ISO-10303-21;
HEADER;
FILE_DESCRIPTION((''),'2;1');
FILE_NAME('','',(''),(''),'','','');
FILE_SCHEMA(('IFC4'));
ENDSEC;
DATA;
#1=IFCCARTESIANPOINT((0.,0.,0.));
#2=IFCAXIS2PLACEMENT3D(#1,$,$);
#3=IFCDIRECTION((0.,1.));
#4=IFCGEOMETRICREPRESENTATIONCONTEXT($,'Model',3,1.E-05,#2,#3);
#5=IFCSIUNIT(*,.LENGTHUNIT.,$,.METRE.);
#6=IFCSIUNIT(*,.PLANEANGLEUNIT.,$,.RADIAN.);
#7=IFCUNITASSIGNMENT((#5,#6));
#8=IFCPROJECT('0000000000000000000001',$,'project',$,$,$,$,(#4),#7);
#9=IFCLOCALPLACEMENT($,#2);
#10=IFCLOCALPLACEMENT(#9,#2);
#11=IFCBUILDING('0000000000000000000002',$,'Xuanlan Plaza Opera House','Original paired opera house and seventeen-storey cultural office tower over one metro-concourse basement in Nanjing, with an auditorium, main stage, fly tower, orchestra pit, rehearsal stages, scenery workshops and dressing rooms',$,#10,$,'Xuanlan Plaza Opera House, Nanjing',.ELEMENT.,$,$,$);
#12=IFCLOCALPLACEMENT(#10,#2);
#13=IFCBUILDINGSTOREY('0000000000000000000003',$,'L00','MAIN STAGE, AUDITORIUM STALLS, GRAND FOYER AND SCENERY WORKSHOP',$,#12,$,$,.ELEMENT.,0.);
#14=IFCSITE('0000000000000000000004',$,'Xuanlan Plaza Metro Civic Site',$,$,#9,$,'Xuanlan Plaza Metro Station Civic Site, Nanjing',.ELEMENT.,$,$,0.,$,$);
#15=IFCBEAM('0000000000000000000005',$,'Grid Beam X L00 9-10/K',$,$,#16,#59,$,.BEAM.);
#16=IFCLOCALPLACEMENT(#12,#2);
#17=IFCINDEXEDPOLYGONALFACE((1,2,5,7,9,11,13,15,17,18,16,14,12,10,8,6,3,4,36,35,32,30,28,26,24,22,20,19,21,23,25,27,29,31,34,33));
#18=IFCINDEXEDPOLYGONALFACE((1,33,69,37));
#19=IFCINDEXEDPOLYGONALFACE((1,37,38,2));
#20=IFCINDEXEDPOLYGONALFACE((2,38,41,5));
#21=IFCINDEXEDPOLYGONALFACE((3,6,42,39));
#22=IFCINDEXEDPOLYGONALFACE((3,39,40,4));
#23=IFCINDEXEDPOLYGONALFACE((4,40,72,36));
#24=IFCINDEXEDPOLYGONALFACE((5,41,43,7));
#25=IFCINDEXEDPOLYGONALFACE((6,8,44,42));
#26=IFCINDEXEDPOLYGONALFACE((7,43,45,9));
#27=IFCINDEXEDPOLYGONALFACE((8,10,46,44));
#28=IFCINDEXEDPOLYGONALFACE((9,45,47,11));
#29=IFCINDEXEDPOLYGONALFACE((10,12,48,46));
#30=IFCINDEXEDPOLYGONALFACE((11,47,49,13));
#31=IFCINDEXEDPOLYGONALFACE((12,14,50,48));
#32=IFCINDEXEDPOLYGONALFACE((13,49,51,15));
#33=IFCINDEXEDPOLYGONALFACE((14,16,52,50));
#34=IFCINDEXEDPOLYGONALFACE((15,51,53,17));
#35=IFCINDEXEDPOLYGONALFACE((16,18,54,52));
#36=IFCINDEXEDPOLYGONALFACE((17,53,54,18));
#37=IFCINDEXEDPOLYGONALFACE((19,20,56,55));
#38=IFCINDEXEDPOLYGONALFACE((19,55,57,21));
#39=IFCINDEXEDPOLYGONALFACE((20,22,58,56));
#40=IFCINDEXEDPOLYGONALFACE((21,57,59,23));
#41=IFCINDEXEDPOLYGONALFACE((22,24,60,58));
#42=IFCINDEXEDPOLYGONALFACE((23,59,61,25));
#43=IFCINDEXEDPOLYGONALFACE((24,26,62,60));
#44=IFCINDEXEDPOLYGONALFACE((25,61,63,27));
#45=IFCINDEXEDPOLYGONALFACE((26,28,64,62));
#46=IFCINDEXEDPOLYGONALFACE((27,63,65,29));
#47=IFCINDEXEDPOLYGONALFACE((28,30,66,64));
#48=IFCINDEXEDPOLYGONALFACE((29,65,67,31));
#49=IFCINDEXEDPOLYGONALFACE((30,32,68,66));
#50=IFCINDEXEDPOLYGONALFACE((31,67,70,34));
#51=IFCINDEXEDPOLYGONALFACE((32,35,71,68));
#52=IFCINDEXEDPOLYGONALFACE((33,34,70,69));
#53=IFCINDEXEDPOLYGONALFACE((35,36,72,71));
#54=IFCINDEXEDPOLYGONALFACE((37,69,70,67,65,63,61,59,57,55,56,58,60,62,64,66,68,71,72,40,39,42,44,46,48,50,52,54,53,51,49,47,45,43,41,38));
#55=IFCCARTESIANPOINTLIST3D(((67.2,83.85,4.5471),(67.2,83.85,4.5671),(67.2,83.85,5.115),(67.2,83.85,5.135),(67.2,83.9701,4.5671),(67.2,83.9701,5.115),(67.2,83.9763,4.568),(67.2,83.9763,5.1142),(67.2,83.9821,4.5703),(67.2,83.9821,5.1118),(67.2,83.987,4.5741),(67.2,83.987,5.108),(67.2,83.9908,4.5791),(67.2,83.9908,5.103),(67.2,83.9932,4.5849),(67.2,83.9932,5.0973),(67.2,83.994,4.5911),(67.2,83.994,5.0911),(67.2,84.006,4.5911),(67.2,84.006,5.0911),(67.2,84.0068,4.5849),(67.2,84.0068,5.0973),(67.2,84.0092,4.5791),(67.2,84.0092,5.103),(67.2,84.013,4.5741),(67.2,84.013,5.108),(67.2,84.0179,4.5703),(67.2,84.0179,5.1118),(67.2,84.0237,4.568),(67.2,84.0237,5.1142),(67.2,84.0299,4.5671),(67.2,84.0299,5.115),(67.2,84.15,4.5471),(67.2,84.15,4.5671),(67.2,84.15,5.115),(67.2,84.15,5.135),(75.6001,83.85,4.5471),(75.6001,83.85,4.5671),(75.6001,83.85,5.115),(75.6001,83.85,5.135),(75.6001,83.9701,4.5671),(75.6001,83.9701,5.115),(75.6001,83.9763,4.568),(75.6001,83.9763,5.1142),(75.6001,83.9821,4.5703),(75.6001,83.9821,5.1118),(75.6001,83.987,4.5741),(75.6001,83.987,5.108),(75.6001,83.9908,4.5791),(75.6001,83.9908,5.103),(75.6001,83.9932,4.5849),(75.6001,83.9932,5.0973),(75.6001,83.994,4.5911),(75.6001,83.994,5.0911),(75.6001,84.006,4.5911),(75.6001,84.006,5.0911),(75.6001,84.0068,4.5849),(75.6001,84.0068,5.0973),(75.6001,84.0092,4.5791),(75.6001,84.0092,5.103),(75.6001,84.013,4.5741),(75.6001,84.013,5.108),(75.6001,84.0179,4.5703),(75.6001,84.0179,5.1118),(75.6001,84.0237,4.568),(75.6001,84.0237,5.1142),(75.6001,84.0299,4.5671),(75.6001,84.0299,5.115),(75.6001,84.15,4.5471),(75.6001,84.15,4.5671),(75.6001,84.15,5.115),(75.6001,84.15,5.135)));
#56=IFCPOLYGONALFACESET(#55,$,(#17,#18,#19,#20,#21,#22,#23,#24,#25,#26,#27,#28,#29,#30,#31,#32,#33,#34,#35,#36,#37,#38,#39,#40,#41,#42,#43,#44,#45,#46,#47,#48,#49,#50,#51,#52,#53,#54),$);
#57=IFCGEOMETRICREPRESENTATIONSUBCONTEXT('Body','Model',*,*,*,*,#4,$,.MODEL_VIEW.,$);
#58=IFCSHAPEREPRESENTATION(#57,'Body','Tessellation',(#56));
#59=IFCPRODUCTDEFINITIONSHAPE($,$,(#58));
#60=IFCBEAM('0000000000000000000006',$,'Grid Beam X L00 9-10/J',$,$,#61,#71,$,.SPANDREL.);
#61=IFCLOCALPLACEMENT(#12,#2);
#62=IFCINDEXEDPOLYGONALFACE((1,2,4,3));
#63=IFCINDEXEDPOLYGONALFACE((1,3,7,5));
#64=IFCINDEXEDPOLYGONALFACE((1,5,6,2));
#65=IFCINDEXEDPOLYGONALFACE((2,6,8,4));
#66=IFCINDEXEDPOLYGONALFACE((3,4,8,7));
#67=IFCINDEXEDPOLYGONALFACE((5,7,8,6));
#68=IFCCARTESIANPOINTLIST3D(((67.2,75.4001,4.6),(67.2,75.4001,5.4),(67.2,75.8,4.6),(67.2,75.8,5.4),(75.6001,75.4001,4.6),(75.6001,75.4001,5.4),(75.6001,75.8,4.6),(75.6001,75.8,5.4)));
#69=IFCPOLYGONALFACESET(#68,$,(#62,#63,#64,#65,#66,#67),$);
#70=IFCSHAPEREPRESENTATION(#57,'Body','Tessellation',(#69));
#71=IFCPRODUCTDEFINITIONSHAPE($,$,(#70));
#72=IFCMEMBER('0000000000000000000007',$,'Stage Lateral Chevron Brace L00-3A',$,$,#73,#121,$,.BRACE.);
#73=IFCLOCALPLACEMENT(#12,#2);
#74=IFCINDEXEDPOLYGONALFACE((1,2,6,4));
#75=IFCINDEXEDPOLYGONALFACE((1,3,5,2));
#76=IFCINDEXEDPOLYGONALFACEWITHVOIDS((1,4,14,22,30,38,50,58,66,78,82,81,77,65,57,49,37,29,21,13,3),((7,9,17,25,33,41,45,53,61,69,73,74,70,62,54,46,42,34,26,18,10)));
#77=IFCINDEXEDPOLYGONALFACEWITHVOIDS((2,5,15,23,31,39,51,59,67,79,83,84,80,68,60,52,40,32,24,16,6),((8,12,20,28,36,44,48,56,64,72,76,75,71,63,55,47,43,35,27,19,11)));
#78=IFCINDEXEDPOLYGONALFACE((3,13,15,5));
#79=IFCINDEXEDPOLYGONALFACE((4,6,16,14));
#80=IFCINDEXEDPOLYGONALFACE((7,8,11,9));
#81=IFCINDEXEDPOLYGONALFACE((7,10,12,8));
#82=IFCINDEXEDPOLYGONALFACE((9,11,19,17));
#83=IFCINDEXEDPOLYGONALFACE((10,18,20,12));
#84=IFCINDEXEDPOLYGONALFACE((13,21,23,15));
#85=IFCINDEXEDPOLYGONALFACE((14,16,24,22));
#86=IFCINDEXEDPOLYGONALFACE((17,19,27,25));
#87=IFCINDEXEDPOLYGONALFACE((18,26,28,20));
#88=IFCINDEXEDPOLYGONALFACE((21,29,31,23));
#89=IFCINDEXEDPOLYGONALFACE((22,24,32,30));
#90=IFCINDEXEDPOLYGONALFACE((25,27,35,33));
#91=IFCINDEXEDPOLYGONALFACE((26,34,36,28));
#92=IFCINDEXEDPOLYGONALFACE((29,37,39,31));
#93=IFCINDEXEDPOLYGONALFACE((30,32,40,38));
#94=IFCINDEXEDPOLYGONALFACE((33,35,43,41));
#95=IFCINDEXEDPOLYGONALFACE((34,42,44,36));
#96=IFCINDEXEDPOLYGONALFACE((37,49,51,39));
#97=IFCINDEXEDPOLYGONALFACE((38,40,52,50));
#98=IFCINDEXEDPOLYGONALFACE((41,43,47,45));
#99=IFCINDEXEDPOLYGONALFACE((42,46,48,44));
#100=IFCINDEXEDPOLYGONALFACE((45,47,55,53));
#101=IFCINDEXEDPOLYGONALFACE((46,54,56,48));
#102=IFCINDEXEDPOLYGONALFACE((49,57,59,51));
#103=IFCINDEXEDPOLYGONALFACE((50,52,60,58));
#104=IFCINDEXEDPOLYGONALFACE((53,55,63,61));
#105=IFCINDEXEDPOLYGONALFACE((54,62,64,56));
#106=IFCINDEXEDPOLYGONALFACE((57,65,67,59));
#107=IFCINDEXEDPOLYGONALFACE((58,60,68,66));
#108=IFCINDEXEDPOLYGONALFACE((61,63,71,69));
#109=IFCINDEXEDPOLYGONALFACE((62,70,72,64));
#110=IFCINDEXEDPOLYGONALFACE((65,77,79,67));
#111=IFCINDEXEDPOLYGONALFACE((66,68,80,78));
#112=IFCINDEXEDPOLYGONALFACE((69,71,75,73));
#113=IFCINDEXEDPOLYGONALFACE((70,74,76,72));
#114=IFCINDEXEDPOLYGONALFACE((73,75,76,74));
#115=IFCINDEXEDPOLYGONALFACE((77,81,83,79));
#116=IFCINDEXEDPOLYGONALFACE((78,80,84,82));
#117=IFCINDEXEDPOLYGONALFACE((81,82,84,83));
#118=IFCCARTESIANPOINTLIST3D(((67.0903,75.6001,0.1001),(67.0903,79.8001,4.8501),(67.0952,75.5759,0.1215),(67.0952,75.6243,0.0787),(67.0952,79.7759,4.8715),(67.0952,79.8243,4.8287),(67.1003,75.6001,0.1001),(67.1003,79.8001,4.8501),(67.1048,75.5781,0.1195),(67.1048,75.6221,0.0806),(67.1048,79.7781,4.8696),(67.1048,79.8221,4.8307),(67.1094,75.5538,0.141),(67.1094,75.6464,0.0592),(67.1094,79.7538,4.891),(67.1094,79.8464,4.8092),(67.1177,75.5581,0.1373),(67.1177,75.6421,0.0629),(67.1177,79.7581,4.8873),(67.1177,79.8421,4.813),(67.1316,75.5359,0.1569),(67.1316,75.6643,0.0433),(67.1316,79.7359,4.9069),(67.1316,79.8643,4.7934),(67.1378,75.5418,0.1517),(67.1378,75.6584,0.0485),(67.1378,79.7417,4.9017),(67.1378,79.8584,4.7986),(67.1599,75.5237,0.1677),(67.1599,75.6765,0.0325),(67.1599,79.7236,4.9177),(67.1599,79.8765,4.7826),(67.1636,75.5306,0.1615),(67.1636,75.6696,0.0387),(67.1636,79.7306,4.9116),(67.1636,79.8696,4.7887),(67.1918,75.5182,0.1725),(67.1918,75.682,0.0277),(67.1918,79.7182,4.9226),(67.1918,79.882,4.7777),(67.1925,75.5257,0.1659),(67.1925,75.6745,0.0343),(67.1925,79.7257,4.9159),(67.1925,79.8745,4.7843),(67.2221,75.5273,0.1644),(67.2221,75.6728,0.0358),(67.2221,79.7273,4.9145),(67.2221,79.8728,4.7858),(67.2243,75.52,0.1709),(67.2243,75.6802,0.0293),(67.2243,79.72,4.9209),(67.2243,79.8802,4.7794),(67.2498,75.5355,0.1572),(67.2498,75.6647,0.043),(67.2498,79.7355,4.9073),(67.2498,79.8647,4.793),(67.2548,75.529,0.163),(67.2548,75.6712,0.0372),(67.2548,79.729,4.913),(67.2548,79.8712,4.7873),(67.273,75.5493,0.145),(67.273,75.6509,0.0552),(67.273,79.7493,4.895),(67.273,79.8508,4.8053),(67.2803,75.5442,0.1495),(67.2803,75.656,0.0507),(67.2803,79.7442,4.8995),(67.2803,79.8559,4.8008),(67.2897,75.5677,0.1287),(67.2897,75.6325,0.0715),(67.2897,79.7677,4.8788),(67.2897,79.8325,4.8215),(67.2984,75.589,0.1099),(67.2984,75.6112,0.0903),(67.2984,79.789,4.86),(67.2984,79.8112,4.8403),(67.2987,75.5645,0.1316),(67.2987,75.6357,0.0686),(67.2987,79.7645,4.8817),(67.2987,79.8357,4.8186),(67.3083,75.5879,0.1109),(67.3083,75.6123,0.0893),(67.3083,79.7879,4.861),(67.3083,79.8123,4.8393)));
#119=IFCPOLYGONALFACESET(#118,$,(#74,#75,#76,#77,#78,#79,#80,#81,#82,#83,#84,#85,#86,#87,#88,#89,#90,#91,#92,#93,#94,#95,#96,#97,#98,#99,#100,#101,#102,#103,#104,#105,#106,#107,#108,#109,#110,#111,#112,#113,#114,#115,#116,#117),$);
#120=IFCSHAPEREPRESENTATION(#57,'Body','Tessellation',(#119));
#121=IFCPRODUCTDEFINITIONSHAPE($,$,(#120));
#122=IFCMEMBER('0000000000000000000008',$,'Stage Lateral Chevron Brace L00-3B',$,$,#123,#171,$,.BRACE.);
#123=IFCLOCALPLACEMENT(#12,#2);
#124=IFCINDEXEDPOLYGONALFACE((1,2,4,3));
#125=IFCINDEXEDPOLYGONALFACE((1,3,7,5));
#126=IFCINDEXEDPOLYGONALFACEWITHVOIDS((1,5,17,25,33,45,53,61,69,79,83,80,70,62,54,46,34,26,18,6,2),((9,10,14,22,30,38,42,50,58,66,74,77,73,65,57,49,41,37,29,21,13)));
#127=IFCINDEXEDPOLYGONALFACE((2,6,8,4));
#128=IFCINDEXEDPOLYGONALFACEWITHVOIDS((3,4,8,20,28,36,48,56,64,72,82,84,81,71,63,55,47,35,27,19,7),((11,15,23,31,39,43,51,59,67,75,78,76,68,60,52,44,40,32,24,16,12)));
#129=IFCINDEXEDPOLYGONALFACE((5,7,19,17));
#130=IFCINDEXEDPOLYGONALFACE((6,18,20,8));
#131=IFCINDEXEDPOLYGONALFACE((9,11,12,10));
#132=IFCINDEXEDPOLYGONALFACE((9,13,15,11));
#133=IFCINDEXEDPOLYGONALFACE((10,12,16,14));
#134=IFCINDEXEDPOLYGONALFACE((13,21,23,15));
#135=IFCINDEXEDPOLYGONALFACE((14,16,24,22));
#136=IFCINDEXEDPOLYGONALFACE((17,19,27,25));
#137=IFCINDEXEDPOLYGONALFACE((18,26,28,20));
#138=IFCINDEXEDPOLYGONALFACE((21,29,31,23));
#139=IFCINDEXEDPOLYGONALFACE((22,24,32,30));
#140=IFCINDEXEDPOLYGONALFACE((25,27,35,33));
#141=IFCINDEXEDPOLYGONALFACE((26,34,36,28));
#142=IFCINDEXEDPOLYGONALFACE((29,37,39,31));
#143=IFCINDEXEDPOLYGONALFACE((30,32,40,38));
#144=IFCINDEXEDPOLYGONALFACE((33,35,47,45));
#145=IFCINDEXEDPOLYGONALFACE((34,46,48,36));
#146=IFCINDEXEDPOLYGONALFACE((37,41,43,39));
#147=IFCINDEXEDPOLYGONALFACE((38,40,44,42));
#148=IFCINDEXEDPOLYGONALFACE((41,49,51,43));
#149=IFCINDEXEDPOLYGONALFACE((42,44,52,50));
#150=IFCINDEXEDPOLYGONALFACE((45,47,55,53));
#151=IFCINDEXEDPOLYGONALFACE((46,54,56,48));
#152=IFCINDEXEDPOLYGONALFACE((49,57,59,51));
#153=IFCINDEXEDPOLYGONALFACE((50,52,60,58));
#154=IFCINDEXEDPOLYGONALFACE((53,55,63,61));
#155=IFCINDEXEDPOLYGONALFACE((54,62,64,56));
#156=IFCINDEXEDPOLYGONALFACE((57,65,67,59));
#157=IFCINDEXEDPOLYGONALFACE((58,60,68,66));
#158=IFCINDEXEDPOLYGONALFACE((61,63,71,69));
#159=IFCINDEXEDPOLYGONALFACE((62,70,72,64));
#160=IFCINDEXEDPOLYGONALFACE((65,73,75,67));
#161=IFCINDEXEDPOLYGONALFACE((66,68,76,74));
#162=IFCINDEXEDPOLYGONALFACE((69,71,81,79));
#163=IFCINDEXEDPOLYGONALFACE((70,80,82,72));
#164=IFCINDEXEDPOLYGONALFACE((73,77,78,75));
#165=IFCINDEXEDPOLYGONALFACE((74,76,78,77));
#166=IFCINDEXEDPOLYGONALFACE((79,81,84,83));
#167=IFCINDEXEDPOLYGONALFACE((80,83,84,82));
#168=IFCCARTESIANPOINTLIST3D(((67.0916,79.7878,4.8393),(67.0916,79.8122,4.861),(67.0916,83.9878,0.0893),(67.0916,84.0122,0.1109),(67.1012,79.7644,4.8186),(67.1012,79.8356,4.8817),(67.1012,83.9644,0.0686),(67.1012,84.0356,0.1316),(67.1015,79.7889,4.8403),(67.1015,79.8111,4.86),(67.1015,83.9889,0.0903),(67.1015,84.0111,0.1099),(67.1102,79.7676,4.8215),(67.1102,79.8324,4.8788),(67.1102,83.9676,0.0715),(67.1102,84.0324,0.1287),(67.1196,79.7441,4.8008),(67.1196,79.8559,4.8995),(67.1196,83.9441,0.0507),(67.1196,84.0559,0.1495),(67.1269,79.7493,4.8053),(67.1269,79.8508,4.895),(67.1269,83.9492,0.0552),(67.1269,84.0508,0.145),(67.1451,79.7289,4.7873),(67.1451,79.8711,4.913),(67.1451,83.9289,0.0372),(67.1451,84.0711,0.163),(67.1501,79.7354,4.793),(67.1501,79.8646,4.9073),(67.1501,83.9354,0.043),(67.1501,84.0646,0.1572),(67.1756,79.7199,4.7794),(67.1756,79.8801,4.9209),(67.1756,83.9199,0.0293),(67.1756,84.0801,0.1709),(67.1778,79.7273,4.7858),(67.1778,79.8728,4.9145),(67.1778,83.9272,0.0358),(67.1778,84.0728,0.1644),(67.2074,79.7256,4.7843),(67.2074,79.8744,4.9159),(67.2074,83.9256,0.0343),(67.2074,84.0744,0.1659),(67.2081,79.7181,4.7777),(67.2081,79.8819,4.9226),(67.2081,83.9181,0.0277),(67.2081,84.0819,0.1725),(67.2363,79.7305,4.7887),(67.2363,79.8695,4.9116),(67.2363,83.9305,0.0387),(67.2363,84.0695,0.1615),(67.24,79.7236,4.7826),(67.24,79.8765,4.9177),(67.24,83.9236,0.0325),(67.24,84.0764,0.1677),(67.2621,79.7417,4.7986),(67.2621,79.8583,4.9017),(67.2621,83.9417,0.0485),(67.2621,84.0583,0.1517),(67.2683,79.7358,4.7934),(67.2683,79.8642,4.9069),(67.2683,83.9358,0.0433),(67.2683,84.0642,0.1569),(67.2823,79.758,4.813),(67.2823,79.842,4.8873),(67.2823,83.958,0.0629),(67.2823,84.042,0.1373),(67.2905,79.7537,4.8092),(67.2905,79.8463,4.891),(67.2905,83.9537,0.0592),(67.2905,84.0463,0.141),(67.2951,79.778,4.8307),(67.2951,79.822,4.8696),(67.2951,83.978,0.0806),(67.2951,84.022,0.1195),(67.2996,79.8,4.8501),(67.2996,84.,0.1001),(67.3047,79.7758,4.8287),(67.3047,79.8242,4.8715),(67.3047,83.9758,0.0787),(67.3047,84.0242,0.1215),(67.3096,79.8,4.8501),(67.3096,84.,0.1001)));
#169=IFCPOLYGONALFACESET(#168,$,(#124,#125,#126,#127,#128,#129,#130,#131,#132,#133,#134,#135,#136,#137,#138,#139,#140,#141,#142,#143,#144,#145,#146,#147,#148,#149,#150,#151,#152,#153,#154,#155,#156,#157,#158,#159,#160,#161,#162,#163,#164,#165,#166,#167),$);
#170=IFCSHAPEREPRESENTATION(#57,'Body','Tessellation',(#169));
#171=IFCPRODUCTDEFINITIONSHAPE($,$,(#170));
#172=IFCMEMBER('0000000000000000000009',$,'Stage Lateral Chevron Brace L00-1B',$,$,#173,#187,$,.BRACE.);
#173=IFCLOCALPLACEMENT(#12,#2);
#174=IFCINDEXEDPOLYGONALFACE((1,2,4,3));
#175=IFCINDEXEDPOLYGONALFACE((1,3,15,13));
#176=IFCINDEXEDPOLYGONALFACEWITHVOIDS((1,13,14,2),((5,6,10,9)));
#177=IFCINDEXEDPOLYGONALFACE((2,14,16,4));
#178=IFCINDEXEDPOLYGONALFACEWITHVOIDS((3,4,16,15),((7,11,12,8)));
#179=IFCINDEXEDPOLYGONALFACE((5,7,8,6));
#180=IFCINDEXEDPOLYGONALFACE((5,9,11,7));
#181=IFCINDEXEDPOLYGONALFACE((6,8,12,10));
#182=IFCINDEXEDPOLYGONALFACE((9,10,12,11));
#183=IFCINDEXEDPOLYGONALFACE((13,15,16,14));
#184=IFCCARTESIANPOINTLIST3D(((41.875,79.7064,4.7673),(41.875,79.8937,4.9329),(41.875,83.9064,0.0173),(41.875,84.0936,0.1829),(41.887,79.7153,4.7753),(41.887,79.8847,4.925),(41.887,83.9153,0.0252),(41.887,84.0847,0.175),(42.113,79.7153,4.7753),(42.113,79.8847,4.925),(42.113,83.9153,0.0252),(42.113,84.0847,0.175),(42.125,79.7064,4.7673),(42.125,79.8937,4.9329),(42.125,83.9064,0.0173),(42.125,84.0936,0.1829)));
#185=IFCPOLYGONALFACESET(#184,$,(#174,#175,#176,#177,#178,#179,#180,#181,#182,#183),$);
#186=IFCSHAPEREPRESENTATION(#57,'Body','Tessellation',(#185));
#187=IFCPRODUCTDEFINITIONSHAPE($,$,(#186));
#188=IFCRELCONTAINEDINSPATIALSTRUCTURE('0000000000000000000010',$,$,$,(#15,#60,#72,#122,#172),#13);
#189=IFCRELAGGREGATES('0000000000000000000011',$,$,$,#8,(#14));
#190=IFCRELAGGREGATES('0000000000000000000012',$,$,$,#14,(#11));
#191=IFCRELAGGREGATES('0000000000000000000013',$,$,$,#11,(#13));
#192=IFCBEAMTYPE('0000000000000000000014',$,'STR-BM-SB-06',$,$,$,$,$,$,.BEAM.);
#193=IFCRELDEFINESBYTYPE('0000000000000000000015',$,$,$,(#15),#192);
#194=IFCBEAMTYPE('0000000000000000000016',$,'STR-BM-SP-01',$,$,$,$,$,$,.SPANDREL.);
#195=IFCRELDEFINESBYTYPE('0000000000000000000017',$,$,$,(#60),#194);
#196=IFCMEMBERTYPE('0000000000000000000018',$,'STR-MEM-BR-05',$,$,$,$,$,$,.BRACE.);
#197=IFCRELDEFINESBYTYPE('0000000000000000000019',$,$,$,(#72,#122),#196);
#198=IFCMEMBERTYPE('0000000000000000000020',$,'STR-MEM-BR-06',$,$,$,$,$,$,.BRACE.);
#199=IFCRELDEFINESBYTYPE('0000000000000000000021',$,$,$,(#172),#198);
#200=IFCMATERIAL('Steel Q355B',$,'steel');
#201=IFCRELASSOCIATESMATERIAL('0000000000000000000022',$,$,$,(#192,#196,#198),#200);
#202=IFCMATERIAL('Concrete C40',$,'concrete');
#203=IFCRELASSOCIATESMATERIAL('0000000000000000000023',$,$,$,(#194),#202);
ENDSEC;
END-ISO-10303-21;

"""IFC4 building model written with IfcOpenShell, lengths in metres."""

from ifc_helpers import new_model, si_unit, direction, frame, origin, origin_2d, place, context, subcontext, project, spatial, rectangle, hollow_rectangle, hollow_circle, i_section, extrude, material, material_profile, profile_set, type_object, element, save


model = new_model("IFC4")

# Units and contexts
model_context = context("Model", 3, precision=1e-05, world=origin(), true_north=direction((0.0, 1.0)))
body_context = subcontext(model_context, "Body", "Model", "MODEL_VIEW")
ifc_project = project(units=[si_unit("LENGTHUNIT", "METRE"), si_unit("PLANEANGLEUNIT", "RADIAN")], contexts=[model_context])

# Site, building, storey
site_placement = place(None, origin())
site = spatial("IfcSite", under=ifc_project, at=site_placement, Name="Xuanlan Plaza Metro Civic Site", LongName="Xuanlan Plaza Metro Station Civic Site, Nanjing", CompositionType="ELEMENT", RefElevation=0.0)
building_placement = place(site_placement, origin())
building = spatial("IfcBuilding", under=site, at=building_placement, Name="Xuanlan Plaza Opera House", Description="Original paired opera house and seventeen-storey cultural office tower over one metro-concourse basement in Nanjing, with an auditorium, main stage, fly tower, orchestra pit, rehearsal stages, scenery workshops and dressing rooms", LongName="Xuanlan Plaza Opera House, Nanjing", CompositionType="ELEMENT")
storey_placement = place(building_placement, origin())
storey = spatial("IfcBuildingStorey", under=building, at=storey_placement, Name="L00", Description="MAIN STAGE, AUDITORIUM STALLS, GRAND FOYER AND SCENERY WORKSHOP", CompositionType="ELEMENT", Elevation=0.0)

# Shared definitions
ifc_material_1 = material(Name="Concrete C40", Category="concrete")

# Beams
ifc_material_2 = material(Name="Steel Q355B", Category="steel")
ifc_material_profile_1 = material_profile(ifc_material_2, i_section(OverallWidth=0.3, OverallDepth=0.5879, WebThickness=0.012, FlangeThickness=0.02, FilletRadius=0.0239, at=origin_2d()), Name="HM 588x300x12x20")
ifc_profile_set_1 = profile_set([ifc_material_profile_1], Name="Steel Q355B")
beam_type_1 = type_object("IfcBeamType", Name="STR-BM-SB-06", PredefinedType="BEAM", material=ifc_profile_set_1)
beam_1_placement = place(storey_placement, frame((67.2, 84.0, 4.8411), z_axis=(1.0, 0.0, 0.0), x_axis=(0.0, 1.0, 0.0)))
element("IfcBeam", 1, at=beam_1_placement, inside=storey, type_object=beam_type_1, Name="Grid Beam X L00 9-10/K", PredefinedType="BEAM", context=body_context, shape_type="SweptSolid", body=[
    extrude(i_section(OverallWidth=0.3, OverallDepth=0.5879, WebThickness=0.012, FlangeThickness=0.02, FilletRadius=0.0239, at=origin_2d()), origin(), (0.0, 0.0, 1.0), 8.4001),
])
ifc_material_profile_2 = material_profile(ifc_material_1, rectangle(XDim=0.3999, YDim=0.8, at=origin_2d()), Name="RC-SPD 400x800")
ifc_profile_set_2 = profile_set([ifc_material_profile_2], Name="Concrete C40")
beam_type_2 = type_object("IfcBeamType", Name="STR-BM-SP-01", PredefinedType="SPANDREL", material=ifc_profile_set_2)
beam_2_placement = place(storey_placement, frame((67.2, 75.6001, 5.0), z_axis=(1.0, 0.0, 0.0), x_axis=(0.0, 1.0, 0.0)))
element("IfcBeam", 2, at=beam_2_placement, inside=storey, type_object=beam_type_2, Name="Grid Beam X L00 9-10/J", PredefinedType="SPANDREL", context=body_context, shape_type="SweptSolid", body=[
    extrude(rectangle(XDim=0.3999, YDim=0.8, at=origin_2d()), origin(), (0.0, 0.0, 1.0), 8.4001),
])

# Members
ifc_material_profile_3 = material_profile(ifc_material_2, hollow_circle(Radius=0.1096, WallThickness=0.01, at=origin_2d()), Name="CHS 219.1x10")
ifc_profile_set_3 = profile_set([ifc_material_profile_3], Name="Steel Q355B")
member_type_1 = type_object("IfcMemberType", Name="STR-MEM-BR-05", PredefinedType="BRACE", material=ifc_profile_set_3)
for number, where, z_axis, x_axis, name in (
    (3, (67.2, 75.6001, 0.1001), (0.0, 0.662399, 0.749151), (-1.0, 0.0, 0.0), "Stage Lateral Chevron Brace L00-3A"),
    (4, (67.2, 84.0, 0.1001), (0.0, -0.662399, 0.749151), (1.0, 0.0, 0.0), "Stage Lateral Chevron Brace L00-3B"),
):
    element("IfcMember", number, at=place(storey_placement, frame(where, z_axis=z_axis, x_axis=x_axis)), inside=storey, type_object=member_type_1, Name=name, PredefinedType="BRACE", context=body_context, shape_type="SweptSolid", body=[
        extrude(hollow_circle(Radius=0.1096, WallThickness=0.01, at=origin_2d()), origin(), (0.0, 0.0, 1.0), 6.3406),
    ])
ifc_material_profile_4 = material_profile(ifc_material_2, hollow_rectangle(XDim=0.25, YDim=0.25, WallThickness=0.012, at=origin_2d()), Name="SHS 250x250x12")
ifc_profile_set_4 = profile_set([ifc_material_profile_4], Name="Steel Q355B")
member_type_2 = type_object("IfcMemberType", Name="STR-MEM-BR-06", PredefinedType="BRACE", material=ifc_profile_set_4)
member_placement = place(storey_placement, frame((42.0, 84.0, 0.1001), z_axis=(0.0, -0.662399, 0.749151), x_axis=(1.0, 0.0, 0.0)))
element("IfcMember", 5, at=member_placement, inside=storey, type_object=member_type_2, Name="Stage Lateral Chevron Brace L00-1B", PredefinedType="BRACE", context=body_context, shape_type="SweptSolid", body=[
    extrude(hollow_rectangle(XDim=0.25, YDim=0.25, WallThickness=0.012, at=origin_2d()), origin(), (0.0, 0.0, 1.0), 6.3406),
])

save(model, "model.ifc")
